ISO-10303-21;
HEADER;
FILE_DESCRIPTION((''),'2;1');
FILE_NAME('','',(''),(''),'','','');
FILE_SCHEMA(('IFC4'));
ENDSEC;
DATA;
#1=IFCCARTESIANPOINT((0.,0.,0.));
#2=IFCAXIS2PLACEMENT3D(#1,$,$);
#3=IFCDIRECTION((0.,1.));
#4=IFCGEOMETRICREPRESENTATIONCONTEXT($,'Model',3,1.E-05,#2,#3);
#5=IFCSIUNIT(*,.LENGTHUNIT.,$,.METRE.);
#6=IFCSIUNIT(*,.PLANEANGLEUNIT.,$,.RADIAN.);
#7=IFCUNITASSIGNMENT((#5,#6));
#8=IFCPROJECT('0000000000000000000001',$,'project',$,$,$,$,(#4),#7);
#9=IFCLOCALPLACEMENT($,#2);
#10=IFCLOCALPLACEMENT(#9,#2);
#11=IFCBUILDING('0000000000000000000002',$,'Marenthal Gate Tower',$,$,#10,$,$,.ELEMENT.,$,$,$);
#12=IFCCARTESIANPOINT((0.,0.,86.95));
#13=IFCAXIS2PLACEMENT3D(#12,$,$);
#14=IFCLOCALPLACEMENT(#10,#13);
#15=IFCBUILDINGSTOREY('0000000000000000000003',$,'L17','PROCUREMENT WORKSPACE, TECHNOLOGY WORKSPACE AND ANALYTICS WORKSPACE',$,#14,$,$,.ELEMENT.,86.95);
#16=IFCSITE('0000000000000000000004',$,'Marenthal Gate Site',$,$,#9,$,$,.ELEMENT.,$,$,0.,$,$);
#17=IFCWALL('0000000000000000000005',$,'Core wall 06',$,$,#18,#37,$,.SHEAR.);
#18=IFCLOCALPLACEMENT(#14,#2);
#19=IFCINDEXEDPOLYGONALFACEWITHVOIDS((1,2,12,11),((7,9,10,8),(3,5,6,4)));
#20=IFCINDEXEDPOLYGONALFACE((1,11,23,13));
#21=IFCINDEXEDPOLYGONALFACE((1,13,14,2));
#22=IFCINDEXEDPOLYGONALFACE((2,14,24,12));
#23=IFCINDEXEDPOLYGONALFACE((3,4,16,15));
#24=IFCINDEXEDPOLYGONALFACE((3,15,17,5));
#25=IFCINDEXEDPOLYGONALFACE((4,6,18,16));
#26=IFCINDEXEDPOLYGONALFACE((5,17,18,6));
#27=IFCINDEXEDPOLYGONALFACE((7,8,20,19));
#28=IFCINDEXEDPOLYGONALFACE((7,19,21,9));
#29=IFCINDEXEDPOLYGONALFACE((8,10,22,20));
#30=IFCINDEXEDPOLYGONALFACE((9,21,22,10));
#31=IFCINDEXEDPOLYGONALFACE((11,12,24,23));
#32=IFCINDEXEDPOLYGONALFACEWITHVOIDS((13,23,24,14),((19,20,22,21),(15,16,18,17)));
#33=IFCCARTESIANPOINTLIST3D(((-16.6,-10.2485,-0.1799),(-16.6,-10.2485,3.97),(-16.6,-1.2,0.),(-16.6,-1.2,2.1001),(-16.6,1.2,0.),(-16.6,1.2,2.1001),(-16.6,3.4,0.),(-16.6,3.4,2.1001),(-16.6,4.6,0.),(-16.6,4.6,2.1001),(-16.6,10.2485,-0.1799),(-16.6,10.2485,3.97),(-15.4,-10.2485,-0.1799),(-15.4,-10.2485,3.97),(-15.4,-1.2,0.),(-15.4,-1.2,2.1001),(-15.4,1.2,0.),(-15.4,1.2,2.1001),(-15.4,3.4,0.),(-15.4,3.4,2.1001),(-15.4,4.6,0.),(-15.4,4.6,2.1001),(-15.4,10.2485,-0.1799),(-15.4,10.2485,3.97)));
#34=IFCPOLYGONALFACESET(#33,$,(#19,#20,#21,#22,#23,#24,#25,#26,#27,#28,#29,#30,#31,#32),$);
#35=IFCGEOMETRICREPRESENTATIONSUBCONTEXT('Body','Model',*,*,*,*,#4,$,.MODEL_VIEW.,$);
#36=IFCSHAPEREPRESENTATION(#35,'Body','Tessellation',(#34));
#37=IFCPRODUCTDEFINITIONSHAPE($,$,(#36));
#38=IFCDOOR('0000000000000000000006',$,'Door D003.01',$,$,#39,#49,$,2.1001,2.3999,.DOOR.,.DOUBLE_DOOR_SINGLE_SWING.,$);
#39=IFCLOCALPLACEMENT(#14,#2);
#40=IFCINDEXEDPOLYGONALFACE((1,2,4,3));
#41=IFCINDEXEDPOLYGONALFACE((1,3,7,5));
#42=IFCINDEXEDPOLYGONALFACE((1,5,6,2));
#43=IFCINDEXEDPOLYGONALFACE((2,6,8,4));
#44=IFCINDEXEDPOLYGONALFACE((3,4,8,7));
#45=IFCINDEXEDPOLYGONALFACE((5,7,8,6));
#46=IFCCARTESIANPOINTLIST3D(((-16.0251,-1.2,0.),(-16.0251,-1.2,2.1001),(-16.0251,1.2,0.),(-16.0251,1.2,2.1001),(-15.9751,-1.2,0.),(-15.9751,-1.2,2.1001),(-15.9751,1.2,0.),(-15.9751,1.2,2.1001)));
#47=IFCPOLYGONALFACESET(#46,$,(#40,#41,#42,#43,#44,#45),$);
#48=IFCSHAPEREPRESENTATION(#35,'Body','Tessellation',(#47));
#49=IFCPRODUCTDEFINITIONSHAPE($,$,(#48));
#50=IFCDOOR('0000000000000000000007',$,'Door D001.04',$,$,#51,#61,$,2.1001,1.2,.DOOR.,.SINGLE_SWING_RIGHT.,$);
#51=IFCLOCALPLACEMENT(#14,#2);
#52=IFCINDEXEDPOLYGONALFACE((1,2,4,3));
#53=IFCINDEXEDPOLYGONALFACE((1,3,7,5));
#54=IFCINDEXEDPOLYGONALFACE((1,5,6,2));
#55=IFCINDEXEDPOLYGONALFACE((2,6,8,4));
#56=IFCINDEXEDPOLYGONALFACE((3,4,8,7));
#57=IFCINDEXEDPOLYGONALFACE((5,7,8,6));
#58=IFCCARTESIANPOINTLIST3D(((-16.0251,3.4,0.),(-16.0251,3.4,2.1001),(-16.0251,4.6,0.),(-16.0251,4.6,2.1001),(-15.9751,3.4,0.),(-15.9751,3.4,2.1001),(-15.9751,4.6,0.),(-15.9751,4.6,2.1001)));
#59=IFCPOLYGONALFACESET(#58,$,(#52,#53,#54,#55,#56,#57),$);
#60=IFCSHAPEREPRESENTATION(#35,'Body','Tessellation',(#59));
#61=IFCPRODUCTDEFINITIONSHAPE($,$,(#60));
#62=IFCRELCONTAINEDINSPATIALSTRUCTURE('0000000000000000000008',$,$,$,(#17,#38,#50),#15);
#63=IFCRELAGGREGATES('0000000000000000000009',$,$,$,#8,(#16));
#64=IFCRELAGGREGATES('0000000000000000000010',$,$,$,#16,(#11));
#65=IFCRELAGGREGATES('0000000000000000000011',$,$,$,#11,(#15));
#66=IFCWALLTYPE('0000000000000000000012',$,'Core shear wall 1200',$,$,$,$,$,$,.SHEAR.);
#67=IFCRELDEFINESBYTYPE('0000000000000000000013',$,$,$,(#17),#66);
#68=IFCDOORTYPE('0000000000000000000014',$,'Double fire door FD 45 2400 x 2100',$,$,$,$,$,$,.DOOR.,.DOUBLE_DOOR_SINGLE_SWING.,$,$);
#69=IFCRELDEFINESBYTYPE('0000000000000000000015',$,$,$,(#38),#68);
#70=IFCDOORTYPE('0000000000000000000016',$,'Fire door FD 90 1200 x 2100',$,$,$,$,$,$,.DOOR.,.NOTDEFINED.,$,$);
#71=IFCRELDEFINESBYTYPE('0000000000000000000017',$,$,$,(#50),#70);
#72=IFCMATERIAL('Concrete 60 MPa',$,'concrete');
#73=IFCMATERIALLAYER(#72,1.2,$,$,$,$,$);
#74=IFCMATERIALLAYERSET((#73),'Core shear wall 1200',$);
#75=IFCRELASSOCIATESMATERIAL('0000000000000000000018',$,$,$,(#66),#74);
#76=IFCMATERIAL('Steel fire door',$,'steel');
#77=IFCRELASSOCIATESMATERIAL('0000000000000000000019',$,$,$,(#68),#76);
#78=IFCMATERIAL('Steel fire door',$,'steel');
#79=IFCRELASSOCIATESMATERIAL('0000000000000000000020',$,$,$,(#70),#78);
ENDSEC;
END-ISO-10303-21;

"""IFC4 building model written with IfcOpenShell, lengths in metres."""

from ifc_helpers import new_model, si_unit, direction, frame, frame_2d, origin, place, context, subcontext, project, spatial, rectangle, extrude, material, layer, layer_set, type_object, element, fill, save


model = new_model("IFC4")

# Units and contexts
model_context = context("Model", 3, precision=1e-05, world=origin(), true_north=direction((0.0, 1.0)))
body_context = subcontext(model_context, "Body", "Model", "MODEL_VIEW")
ifc_project = project(units=[si_unit("LENGTHUNIT", "METRE"), si_unit("PLANEANGLEUNIT", "RADIAN")], contexts=[model_context])

# Site, building, storey
site_placement = place(None, origin())
site = spatial("IfcSite", under=ifc_project, at=site_placement, Name="Marenthal Gate Site", CompositionType="ELEMENT", RefElevation=0.0)
building_placement = place(site_placement, origin())
building = spatial("IfcBuilding", under=site, at=building_placement, Name="Marenthal Gate Tower", CompositionType="ELEMENT")
storey_placement = place(building_placement, frame((0.0, 0.0, 86.95)))
storey = spatial("IfcBuildingStorey", under=building, at=storey_placement, Name="L17", Description="PROCUREMENT WORKSPACE, TECHNOLOGY WORKSPACE AND ANALYTICS WORKSPACE", CompositionType="ELEMENT", Elevation=86.95)

# Wall, openings, doors
ifc_material_1 = material(Name="Concrete 60 MPa", Category="concrete")
ifc_layer_1 = layer(ifc_material_1, 1.2)
ifc_layer_set_1 = layer_set([ifc_layer_1], Name="Core shear wall 1200")
wall_type_1 = type_object("IfcWallType", Name="Core shear wall 1200", PredefinedType="SHEAR", material=ifc_layer_set_1)
wall_1_placement = place(storey_placement, frame((-16.0, 10.2485, -0.1799), z_axis=(0.0, 0.0, 1.0), x_axis=(0.0, -1.0, 0.0)))
wall_1 = element("IfcWall", 1, at=wall_1_placement, inside=storey, type_object=wall_type_1, Name="Core wall 06", PredefinedType="SHEAR", context=body_context, shape_type="SweptSolid", body=[
    extrude(rectangle(XDim=20.4971, YDim=1.2, at=frame_2d((10.2485, 0.0))), origin(), (0.0, 0.0, 1.0), 4.1499),
])
opening_1_placement = place(wall_1_placement, frame((9.0486, 0.0, 0.1799)))
opening_1 = element("IfcOpeningElement", 2, at=opening_1_placement, cuts=wall_1, PredefinedType="OPENING", context=body_context, shape_type="SweptSolid", body=[
    extrude(rectangle(XDim=2.3999, YDim=2.1001, at=frame_2d((1.2, 1.05))), frame((0.0, 0.6099, 0.0), z_axis=(0.0, -1.0, 0.0), x_axis=(1.0, 0.0, 0.0)), (0.0, 0.0, 1.0), 1.22),
])
opening_2_placement = place(wall_1_placement, frame((5.6484, 0.0, 0.1799)))
opening_2 = element("IfcOpeningElement", 3, at=opening_2_placement, cuts=wall_1, PredefinedType="OPENING", context=body_context, shape_type="SweptSolid", body=[
    extrude(rectangle(XDim=1.2, YDim=2.1001, at=frame_2d((0.6001, 1.05))), frame((0.0, 0.6099, 0.0), z_axis=(0.0, -1.0, 0.0), x_axis=(1.0, 0.0, 0.0)), (0.0, 0.0, 1.0), 1.22),
])
ifc_material_2 = material(Name="Steel fire door", Category="steel")
door_type_1 = type_object("IfcDoorType", Name="Double fire door FD 45 2400 x 2100", OperationType="DOUBLE_DOOR_SINGLE_SWING", PredefinedType="DOOR", material=ifc_material_2)
door_1_placement = place(opening_1_placement, origin())
door_1 = element("IfcDoor", 4, at=door_1_placement, inside=storey, type_object=door_type_1, Name="Door D003.01", OperationType="DOUBLE_DOOR_SINGLE_SWING", OverallHeight=2.1001, OverallWidth=2.3999, PredefinedType="DOOR", context=body_context, shape_type="SweptSolid", body=[
    extrude(rectangle(XDim=2.3999, YDim=2.1001, at=frame_2d((1.2, 1.05))), frame((0.0, 0.0249, 0.0), z_axis=(0.0, -1.0, 0.0), x_axis=(1.0, 0.0, 0.0)), (0.0, 0.0, 1.0), 0.05),
])
fill(opening_1, door_1)
ifc_material_3 = material(Name="Steel fire door", Category="steel")
door_type_2 = type_object("IfcDoorType", Name="Fire door FD 90 1200 x 2100", OperationType="NOTDEFINED", PredefinedType="DOOR", material=ifc_material_3)
door_2_placement = place(opening_2_placement, origin())
door_2 = element("IfcDoor", 5, at=door_2_placement, inside=storey, type_object=door_type_2, Name="Door D001.04", OperationType="SINGLE_SWING_RIGHT", OverallHeight=2.1001, OverallWidth=1.2, PredefinedType="DOOR", context=body_context, shape_type="SweptSolid", body=[
    extrude(rectangle(XDim=1.2, YDim=2.1001, at=frame_2d((0.6001, 1.05))), frame((0.0, 0.0249, 0.0), z_axis=(0.0, -1.0, 0.0), x_axis=(1.0, 0.0, 0.0)), (0.0, 0.0, 1.0), 0.05),
])
fill(opening_2, door_2)

save(model, "model.ifc")
